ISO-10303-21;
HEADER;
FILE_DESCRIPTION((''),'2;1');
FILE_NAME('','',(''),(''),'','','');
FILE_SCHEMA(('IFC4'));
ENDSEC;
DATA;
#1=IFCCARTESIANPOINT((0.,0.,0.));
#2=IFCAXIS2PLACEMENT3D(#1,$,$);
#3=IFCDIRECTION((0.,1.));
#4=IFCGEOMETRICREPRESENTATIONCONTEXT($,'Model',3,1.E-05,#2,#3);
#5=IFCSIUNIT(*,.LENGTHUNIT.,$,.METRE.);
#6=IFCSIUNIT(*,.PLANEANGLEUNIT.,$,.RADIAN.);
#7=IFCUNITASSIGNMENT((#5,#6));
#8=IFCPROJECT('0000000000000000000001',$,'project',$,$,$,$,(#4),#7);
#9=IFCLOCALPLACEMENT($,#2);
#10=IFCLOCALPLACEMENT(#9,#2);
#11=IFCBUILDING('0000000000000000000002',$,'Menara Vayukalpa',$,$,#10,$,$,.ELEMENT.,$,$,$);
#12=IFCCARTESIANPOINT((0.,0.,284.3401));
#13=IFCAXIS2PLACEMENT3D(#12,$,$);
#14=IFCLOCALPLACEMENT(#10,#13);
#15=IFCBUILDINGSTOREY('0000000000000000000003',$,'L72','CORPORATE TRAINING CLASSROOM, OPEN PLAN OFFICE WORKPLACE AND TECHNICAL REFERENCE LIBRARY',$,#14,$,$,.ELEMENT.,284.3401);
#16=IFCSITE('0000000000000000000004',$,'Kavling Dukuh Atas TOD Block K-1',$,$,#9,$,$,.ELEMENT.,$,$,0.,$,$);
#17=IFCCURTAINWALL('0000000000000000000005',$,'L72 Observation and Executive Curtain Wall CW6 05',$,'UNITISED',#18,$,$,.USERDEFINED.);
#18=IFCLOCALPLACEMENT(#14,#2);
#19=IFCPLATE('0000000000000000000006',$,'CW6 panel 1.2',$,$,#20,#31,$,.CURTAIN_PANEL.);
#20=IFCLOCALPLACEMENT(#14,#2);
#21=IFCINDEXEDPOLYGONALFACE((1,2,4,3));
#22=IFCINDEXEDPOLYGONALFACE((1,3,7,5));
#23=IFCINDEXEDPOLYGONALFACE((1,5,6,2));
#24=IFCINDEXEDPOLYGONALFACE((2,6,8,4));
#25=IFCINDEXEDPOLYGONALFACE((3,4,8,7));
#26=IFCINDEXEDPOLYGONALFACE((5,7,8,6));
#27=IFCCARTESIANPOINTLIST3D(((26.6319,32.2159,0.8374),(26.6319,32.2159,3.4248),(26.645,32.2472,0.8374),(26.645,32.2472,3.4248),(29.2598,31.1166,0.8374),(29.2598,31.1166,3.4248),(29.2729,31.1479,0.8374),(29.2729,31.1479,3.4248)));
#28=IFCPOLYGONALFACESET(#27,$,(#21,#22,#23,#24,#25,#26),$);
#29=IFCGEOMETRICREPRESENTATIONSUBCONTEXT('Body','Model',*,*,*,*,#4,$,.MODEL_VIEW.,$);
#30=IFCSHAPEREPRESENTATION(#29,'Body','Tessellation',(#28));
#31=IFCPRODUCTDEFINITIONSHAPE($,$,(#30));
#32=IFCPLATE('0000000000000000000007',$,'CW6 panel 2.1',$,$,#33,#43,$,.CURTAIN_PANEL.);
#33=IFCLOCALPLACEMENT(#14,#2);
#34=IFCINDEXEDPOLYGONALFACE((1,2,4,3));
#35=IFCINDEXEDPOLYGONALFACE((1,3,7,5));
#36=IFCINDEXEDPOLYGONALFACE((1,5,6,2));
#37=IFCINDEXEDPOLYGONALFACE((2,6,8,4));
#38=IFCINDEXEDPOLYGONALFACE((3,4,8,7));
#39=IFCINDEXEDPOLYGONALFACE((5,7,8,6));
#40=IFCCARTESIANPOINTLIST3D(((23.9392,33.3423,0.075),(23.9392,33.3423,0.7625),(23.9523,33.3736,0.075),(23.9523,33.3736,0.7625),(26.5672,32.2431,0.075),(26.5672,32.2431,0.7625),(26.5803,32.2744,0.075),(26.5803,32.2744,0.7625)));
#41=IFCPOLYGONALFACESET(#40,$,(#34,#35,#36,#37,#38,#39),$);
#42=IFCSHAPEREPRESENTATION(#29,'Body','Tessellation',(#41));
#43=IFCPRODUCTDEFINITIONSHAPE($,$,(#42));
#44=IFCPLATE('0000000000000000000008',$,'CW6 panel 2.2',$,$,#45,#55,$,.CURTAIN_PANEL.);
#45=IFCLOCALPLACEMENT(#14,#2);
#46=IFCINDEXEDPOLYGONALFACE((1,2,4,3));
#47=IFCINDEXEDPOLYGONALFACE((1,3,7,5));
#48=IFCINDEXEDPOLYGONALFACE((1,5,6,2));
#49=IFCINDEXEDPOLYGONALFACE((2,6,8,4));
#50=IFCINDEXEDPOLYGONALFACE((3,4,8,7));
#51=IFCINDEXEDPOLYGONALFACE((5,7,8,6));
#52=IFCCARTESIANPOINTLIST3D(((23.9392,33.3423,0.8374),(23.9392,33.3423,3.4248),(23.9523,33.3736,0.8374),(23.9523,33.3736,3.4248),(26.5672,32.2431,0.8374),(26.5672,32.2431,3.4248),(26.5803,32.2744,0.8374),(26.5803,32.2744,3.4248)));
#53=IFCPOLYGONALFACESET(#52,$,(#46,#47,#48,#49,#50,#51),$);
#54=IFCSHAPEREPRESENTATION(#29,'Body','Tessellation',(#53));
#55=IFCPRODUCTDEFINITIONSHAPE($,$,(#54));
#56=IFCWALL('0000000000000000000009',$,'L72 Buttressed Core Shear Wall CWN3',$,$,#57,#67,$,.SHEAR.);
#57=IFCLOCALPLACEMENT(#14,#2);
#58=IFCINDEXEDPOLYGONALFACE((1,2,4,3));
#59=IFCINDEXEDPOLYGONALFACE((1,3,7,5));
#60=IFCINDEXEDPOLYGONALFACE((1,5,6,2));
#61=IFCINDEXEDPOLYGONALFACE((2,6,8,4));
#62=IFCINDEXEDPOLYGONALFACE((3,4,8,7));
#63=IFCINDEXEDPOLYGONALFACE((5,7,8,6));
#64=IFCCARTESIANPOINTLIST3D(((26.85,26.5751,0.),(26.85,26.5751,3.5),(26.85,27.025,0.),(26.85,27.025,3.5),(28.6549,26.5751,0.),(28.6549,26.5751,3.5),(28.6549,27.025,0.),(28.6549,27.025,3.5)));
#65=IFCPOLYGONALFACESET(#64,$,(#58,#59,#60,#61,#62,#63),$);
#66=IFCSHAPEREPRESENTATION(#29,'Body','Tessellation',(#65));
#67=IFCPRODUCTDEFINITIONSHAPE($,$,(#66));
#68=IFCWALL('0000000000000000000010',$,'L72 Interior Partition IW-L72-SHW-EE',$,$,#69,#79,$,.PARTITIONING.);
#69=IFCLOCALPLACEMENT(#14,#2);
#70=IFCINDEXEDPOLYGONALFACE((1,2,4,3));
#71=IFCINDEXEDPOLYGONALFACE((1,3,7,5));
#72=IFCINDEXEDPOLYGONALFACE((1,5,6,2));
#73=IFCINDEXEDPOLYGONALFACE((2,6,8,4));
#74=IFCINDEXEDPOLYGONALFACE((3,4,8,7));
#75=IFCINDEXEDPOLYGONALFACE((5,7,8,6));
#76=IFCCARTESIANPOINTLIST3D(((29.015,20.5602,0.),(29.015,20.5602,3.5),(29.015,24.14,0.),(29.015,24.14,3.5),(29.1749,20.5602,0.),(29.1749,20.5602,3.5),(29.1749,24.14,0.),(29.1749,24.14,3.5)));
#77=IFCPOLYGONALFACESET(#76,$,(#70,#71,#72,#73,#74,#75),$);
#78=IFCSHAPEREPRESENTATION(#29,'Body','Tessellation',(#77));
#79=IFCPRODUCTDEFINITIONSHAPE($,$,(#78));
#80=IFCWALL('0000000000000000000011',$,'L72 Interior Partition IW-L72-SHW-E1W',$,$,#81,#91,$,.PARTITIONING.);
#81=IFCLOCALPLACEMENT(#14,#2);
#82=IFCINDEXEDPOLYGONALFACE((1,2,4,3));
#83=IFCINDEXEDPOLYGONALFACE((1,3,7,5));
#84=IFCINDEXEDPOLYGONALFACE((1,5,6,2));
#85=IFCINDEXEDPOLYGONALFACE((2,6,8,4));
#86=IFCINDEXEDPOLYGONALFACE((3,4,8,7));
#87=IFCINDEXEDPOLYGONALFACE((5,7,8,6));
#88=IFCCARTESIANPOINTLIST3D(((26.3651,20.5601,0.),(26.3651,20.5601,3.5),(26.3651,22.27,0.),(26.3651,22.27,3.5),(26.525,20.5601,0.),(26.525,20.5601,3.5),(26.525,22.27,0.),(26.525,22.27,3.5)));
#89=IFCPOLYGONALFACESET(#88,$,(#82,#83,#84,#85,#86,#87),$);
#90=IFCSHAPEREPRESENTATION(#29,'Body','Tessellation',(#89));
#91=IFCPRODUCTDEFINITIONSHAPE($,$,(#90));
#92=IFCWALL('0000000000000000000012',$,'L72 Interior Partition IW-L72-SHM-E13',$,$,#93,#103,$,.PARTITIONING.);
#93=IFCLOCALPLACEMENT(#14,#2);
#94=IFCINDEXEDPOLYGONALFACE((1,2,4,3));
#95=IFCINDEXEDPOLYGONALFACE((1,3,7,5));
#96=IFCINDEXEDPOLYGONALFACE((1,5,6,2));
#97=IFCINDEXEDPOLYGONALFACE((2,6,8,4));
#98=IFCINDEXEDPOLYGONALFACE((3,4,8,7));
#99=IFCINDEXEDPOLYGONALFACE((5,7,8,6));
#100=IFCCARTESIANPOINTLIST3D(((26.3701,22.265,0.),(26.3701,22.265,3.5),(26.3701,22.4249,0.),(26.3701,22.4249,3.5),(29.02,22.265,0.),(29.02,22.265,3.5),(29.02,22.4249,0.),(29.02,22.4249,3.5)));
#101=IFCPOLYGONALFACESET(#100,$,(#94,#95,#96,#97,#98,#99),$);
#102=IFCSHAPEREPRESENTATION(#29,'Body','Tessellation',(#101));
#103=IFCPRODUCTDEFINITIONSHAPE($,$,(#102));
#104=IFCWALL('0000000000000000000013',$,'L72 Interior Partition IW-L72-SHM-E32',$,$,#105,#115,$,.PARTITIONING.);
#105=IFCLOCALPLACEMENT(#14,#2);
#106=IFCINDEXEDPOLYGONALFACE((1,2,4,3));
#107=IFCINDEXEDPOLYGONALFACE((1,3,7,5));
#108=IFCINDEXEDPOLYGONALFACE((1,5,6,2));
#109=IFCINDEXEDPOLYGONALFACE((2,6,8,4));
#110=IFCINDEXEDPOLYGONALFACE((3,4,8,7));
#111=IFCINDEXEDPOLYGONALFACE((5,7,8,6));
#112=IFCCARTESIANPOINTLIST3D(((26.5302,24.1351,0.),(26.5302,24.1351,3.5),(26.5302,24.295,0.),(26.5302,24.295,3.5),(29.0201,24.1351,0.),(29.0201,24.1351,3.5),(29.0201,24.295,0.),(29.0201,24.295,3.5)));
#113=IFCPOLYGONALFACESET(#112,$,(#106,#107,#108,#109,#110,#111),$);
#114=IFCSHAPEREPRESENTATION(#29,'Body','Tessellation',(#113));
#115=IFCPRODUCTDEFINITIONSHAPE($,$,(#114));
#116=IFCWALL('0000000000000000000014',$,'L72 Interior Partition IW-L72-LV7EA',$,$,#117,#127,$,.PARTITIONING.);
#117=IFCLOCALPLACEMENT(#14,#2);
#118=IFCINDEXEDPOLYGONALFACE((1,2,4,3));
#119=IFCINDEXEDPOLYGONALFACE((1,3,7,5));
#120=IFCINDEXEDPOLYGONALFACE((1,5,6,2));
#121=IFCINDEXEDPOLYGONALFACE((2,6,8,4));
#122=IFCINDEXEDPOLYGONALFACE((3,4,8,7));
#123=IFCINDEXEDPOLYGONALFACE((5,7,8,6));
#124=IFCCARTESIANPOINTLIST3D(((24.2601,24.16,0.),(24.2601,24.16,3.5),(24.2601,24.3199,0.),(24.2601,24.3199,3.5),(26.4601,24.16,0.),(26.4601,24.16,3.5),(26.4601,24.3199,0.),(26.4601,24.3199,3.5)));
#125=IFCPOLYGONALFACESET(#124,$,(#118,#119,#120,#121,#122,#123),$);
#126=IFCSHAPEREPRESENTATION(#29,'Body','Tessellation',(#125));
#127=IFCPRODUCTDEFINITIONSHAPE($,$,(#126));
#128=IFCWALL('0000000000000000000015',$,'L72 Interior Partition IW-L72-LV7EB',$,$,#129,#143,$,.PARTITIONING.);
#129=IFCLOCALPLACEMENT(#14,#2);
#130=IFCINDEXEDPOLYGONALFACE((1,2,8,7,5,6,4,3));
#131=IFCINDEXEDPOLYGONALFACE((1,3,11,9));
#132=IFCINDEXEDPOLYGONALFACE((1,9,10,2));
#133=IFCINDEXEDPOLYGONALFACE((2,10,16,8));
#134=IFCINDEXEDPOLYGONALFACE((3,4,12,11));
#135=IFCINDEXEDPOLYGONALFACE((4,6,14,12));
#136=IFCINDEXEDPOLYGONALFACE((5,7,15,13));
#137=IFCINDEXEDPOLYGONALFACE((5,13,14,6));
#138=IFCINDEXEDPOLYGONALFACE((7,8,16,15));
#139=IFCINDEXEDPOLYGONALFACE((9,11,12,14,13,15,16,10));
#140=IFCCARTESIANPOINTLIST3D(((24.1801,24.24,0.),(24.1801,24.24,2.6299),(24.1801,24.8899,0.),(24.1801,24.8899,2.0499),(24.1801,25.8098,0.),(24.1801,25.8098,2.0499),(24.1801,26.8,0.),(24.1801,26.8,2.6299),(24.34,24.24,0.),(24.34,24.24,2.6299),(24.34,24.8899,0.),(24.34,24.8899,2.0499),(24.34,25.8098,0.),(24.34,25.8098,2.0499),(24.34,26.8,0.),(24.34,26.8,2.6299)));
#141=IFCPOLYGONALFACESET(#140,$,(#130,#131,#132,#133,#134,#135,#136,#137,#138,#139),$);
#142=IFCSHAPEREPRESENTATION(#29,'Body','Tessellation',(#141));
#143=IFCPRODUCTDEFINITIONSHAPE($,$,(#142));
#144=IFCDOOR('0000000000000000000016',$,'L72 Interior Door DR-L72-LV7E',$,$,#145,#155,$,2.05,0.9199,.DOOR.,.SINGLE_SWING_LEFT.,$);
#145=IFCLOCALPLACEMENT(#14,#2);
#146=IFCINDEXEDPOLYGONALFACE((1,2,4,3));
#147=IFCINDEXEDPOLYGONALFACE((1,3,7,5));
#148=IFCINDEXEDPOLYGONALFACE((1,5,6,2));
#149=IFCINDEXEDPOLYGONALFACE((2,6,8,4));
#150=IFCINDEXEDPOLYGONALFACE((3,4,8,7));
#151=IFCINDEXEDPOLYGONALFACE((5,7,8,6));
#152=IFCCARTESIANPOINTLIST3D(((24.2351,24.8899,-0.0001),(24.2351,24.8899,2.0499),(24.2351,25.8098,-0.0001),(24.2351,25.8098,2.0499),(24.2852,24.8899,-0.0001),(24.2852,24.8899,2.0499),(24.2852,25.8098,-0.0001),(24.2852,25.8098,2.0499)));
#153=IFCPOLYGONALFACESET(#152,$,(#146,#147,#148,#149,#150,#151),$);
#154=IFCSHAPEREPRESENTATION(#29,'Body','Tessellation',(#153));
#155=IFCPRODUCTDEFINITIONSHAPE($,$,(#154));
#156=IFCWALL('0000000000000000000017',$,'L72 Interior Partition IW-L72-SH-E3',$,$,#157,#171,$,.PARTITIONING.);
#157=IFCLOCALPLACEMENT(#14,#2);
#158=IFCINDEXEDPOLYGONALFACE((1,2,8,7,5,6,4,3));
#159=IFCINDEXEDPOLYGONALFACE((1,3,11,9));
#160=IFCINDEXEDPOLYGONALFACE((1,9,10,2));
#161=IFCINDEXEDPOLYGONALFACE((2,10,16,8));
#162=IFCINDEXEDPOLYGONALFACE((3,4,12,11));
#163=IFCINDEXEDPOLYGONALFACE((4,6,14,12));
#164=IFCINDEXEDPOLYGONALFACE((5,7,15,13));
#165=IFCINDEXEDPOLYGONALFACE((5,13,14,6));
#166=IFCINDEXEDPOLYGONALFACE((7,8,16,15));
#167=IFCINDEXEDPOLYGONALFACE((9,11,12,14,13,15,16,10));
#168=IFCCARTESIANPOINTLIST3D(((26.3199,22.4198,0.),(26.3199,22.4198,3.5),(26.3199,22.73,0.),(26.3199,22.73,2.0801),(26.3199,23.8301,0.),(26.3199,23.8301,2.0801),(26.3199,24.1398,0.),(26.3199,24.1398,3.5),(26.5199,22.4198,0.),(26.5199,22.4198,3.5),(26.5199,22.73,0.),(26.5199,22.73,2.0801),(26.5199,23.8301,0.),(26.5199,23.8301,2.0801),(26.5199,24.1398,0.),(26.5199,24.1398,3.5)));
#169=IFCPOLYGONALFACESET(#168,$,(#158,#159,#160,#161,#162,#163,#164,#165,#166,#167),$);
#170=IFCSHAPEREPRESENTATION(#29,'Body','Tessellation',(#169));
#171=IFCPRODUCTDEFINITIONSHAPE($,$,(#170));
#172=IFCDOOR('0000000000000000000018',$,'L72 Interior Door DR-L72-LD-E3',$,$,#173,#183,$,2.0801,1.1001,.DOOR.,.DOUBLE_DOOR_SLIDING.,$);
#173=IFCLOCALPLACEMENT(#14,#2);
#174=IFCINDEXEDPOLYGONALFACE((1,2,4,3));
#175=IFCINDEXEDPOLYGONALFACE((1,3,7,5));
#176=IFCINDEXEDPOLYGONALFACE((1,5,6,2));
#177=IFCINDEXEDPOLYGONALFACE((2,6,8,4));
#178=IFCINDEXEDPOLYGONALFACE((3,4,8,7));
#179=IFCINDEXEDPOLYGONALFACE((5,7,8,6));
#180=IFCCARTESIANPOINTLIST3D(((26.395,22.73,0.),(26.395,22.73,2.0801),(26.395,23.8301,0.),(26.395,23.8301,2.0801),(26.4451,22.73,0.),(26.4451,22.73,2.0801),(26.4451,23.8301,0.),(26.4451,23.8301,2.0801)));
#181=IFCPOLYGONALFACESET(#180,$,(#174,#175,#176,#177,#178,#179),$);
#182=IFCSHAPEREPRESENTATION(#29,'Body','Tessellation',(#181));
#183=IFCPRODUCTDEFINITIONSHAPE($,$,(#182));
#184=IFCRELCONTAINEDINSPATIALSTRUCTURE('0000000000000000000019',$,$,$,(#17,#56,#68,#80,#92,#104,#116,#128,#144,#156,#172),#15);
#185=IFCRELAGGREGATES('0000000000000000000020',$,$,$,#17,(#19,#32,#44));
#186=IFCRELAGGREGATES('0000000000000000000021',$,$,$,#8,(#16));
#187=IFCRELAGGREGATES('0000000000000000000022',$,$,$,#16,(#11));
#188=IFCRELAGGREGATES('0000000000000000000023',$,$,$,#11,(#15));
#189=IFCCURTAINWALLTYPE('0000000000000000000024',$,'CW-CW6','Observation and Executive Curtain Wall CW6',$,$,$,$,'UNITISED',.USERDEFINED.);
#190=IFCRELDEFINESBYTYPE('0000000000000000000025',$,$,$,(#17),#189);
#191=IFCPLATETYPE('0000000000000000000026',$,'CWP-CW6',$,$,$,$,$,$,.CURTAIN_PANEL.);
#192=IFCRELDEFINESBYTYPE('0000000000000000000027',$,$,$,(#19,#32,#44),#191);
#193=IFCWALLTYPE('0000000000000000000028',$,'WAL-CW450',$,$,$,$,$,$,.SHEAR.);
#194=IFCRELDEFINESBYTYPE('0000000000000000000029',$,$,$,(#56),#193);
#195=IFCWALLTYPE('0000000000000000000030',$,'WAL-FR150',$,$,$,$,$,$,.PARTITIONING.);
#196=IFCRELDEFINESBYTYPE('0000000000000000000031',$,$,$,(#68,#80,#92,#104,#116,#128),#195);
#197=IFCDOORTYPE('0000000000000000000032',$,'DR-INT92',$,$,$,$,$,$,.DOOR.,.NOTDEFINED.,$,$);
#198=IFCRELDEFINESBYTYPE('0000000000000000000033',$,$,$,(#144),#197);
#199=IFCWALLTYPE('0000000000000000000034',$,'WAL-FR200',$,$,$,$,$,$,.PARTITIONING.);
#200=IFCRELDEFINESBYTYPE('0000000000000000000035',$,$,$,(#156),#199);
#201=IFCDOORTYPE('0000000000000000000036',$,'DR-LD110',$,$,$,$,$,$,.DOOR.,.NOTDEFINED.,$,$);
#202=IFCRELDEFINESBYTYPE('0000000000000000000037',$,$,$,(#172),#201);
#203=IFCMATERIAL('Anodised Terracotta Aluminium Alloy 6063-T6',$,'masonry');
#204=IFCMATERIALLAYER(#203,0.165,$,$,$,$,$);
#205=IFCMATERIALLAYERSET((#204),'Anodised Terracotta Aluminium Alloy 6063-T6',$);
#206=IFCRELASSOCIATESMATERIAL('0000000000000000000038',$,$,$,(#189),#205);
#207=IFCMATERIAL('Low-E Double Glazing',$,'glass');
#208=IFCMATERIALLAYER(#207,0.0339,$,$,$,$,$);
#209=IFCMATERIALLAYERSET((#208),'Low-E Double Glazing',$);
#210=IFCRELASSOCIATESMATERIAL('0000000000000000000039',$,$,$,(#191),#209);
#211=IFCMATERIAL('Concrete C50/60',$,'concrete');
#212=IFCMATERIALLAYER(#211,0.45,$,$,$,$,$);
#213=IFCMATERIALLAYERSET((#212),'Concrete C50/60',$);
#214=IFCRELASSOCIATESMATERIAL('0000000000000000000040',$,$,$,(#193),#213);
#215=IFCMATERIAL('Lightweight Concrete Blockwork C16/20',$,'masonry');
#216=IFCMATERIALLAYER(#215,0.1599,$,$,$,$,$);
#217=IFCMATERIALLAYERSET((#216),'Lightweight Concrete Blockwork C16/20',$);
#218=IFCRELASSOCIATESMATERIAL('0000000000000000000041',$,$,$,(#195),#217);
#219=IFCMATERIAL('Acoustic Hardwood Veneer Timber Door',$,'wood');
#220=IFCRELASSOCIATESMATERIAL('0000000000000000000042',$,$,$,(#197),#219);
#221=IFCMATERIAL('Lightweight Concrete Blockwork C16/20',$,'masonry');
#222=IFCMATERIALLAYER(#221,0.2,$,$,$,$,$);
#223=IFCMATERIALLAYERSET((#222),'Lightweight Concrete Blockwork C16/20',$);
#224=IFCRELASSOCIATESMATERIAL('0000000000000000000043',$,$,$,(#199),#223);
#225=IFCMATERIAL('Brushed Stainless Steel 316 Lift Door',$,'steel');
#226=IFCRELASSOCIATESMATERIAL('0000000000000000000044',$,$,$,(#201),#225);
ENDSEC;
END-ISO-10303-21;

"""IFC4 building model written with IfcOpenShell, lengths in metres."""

from ifc_helpers import new_model, si_unit, direction, frame, frame_2d, origin, origin_2d, place, context, subcontext, project, spatial, rectangle, extrude, material, layer, layer_set, type_object, element, fill, aggregate, save


model = new_model("IFC4")

# Units and contexts
model_context = context("Model", 3, precision=1e-05, world=origin(), true_north=direction((0.0, 1.0)))
body_context = subcontext(model_context, "Body", "Model", "MODEL_VIEW")
ifc_project = project(units=[si_unit("LENGTHUNIT", "METRE"), si_unit("PLANEANGLEUNIT", "RADIAN")], contexts=[model_context])

# Site, building, storey
site_placement = place(None, origin())
site = spatial("IfcSite", under=ifc_project, at=site_placement, Name="Kavling Dukuh Atas TOD Block K-1", CompositionType="ELEMENT", RefElevation=0.0)
building_placement = place(site_placement, origin())
building = spatial("IfcBuilding", under=site, at=building_placement, Name="Menara Vayukalpa", CompositionType="ELEMENT")
storey_placement = place(building_placement, frame((0.0, 0.0, 284.3401)))
storey = spatial("IfcBuildingStorey", under=building, at=storey_placement, Name="L72", Description="CORPORATE TRAINING CLASSROOM, OPEN PLAN OFFICE WORKPLACE AND TECHNICAL REFERENCE LIBRARY", CompositionType="ELEMENT", Elevation=284.3401)

# Curtain wall, plates
ifc_material_1 = material(Name="Anodised Terracotta Aluminium Alloy 6063-T6", Category="masonry")
ifc_layer_1 = layer(ifc_material_1, 0.165)
ifc_layer_set_1 = layer_set([ifc_layer_1], Name="Anodised Terracotta Aluminium Alloy 6063-T6")
curtain_wall_type = type_object("IfcCurtainWallType", Name="CW-CW6", Description="Observation and Executive Curtain Wall CW6", ElementType="UNITISED", PredefinedType="USERDEFINED", material=ifc_layer_set_1)
curtain_wall_placement = place(storey_placement, origin())
curtain_wall = element("IfcCurtainWall", 1, at=curtain_wall_placement, inside=storey, type_object=curtain_wall_type, Name="L72 Observation and Executive Curtain Wall CW6 05", ObjectType="UNITISED", PredefinedType="USERDEFINED")
ifc_material_2 = material(Name="Low-E Double Glazing", Category="glass")
ifc_layer_2 = layer(ifc_material_2, 0.0339)
ifc_layer_set_2 = layer_set([ifc_layer_2], Name="Low-E Double Glazing")
plate_type = type_object("IfcPlateType", Name="CWP-CW6", PredefinedType="CURTAIN_PANEL", material=ifc_layer_set_2)
plate_1_placement = place(storey_placement, frame((27.9524, 31.6819, 0.8374), z_axis=(0.0, 0.0, 1.0), x_axis=(-0.922541, 0.3859, 0.0)))
plate_1 = element("IfcPlate", 2, at=plate_1_placement, type_object=plate_type, Name="CW6 panel 1.2", PredefinedType="CURTAIN_PANEL", context=body_context, shape_type="SweptSolid", body=[
    extrude(rectangle(XDim=2.8486, YDim=0.0339, at=origin_2d()), origin(), (0.0, 0.0, 1.0), 2.5874),
])
plate_2_placement = place(storey_placement, frame((25.2598, 32.8083, 0.075), z_axis=(0.0, 0.0, 1.0), x_axis=(-0.922541, 0.3859, 0.0)))
plate_2 = element("IfcPlate", 3, at=plate_2_placement, type_object=plate_type, Name="CW6 panel 2.1", PredefinedType="CURTAIN_PANEL", context=body_context, shape_type="SweptSolid", body=[
    extrude(rectangle(XDim=2.8486, YDim=0.0339, at=origin_2d()), origin(), (0.0, 0.0, 1.0), 0.6875),
])
plate_3_placement = place(storey_placement, frame((25.2598, 32.8083, 0.8374), z_axis=(0.0, 0.0, 1.0), x_axis=(-0.922541, 0.3859, 0.0)))
plate_3 = element("IfcPlate", 4, at=plate_3_placement, type_object=plate_type, Name="CW6 panel 2.2", PredefinedType="CURTAIN_PANEL", context=body_context, shape_type="SweptSolid", body=[
    extrude(rectangle(XDim=2.8486, YDim=0.0339, at=origin_2d()), origin(), (0.0, 0.0, 1.0), 2.5874),
])
aggregate(curtain_wall, [plate_1, plate_2, plate_3])

# Walls
ifc_material_3 = material(Name="Concrete C50/60", Category="concrete")
ifc_layer_3 = layer(ifc_material_3, 0.45)
ifc_layer_set_3 = layer_set([ifc_layer_3], Name="Concrete C50/60")
wall_type_1 = type_object("IfcWallType", Name="WAL-CW450", PredefinedType="SHEAR", material=ifc_layer_set_3)
wall_1_placement = place(storey_placement, frame((26.8501, 26.8, 0.0), z_axis=(0.0, 0.0, 1.0), x_axis=(1.0, 0.0, 0.0)))
element("IfcWall", 5, at=wall_1_placement, inside=storey, type_object=wall_type_1, Name="L72 Buttressed Core Shear Wall CWN3", PredefinedType="SHEAR", context=body_context, shape_type="SweptSolid", body=[
    extrude(rectangle(XDim=1.8049, YDim=0.45, at=frame_2d((0.9023, 0.0))), origin(), (0.0, 0.0, 1.0), 3.5),
])
ifc_material_4 = material(Name="Lightweight Concrete Blockwork C16/20", Category="masonry")
ifc_layer_4 = layer(ifc_material_4, 0.1599)
ifc_layer_set_4 = layer_set([ifc_layer_4], Name="Lightweight Concrete Blockwork C16/20")
wall_type_2 = type_object("IfcWallType", Name="WAL-FR150", PredefinedType="PARTITIONING", material=ifc_layer_set_4)
wall_2_placement = place(storey_placement, frame((29.095, 20.5601, 0.0), z_axis=(0.0, 0.0, 1.0), x_axis=(0.0, 1.0, 0.0)))
element("IfcWall", 6, at=wall_2_placement, inside=storey, type_object=wall_type_2, Name="L72 Interior Partition IW-L72-SHW-EE", PredefinedType="PARTITIONING", context=body_context, shape_type="SweptSolid", body=[
    extrude(rectangle(XDim=3.5798, YDim=0.1599, at=frame_2d((1.79, 0.0))), origin(), (0.0, 0.0, 1.0), 3.5),
])
wall_3_placement = place(storey_placement, frame((26.4451, 20.5601, 0.0), z_axis=(0.0, 0.0, 1.0), x_axis=(0.0, 1.0, 0.0)))
element("IfcWall", 7, at=wall_3_placement, inside=storey, type_object=wall_type_2, Name="L72 Interior Partition IW-L72-SHW-E1W", PredefinedType="PARTITIONING", context=body_context, shape_type="SweptSolid", body=[
    extrude(rectangle(XDim=1.71, YDim=0.1599, at=frame_2d((0.855, 0.0))), origin(), (0.0, 0.0, 1.0), 3.5),
])
wall_4_placement = place(storey_placement, frame((26.3701, 22.345, 0.0), z_axis=(0.0, 0.0, 1.0), x_axis=(1.0, 0.0, 0.0)))
element("IfcWall", 8, at=wall_4_placement, inside=storey, type_object=wall_type_2, Name="L72 Interior Partition IW-L72-SHM-E13", PredefinedType="PARTITIONING", context=body_context, shape_type="SweptSolid", body=[
    extrude(rectangle(XDim=2.6499, YDim=0.1599, at=frame_2d((1.325, 0.0))), origin(), (0.0, 0.0, 1.0), 3.5),
])
wall_5_placement = place(storey_placement, frame((26.53, 24.2151, 0.0), z_axis=(0.0, 0.0, 1.0), x_axis=(1.0, 0.0, 0.0)))
element("IfcWall", 9, at=wall_5_placement, inside=storey, type_object=wall_type_2, Name="L72 Interior Partition IW-L72-SHM-E32", PredefinedType="PARTITIONING", context=body_context, shape_type="SweptSolid", body=[
    extrude(rectangle(XDim=2.49, YDim=0.1599, at=frame_2d((1.2451, 0.0))), origin(), (0.0, 0.0, 1.0), 3.5),
])
wall_6_placement = place(storey_placement, frame((24.26, 24.24, 0.0), z_axis=(0.0, 0.0, 1.0), x_axis=(1.0, 0.0, 0.0)))
element("IfcWall", 10, at=wall_6_placement, inside=storey, type_object=wall_type_2, Name="L72 Interior Partition IW-L72-LV7EA", PredefinedType="PARTITIONING", context=body_context, shape_type="SweptSolid", body=[
    extrude(rectangle(XDim=2.2, YDim=0.1599, at=frame_2d((1.1001, 0.0))), origin(), (0.0, 0.0, 1.0), 3.5),
])

# Walls, openings, doors
wall_7_placement = place(storey_placement, frame((24.26, 24.24, 0.0), z_axis=(0.0, 0.0, 1.0), x_axis=(0.0, 1.0, 0.0)))
wall_7 = element("IfcWall", 11, at=wall_7_placement, inside=storey, type_object=wall_type_2, Name="L72 Interior Partition IW-L72-LV7EB", PredefinedType="PARTITIONING", context=body_context, shape_type="SweptSolid", body=[
    extrude(rectangle(XDim=2.5601, YDim=0.1599, at=frame_2d((1.28, 0.0))), origin(), (0.0, 0.0, 1.0), 2.6299),
])
opening_1_placement = place(wall_7_placement, frame((0.6499, 0.0, 0.0)))
opening_1 = element("IfcOpeningElement", 12, at=opening_1_placement, cuts=wall_7, PredefinedType="OPENING", context=body_context, shape_type="SweptSolid", body=[
    extrude(rectangle(XDim=0.9199, YDim=2.05, at=frame_2d((0.46, 1.0249))), frame((0.0, 0.0898, 0.0), z_axis=(0.0, -1.0, 0.0), x_axis=(1.0, 0.0, 0.0)), (0.0, 0.0, 1.0), 0.1799),
])
ifc_material_5 = material(Name="Acoustic Hardwood Veneer Timber Door", Category="wood")
door_type_1 = type_object("IfcDoorType", Name="DR-INT92", OperationType="NOTDEFINED", PredefinedType="DOOR", material=ifc_material_5)
door_1_placement = place(opening_1_placement, origin())
door_1 = element("IfcDoor", 13, at=door_1_placement, inside=storey, type_object=door_type_1, Name="L72 Interior Door DR-L72-LV7E", OperationType="SINGLE_SWING_LEFT", OverallHeight=2.05, OverallWidth=0.9199, PredefinedType="DOOR", context=body_context, shape_type="SweptSolid", body=[
    extrude(rectangle(XDim=0.9199, YDim=2.05, at=frame_2d((0.46, 1.0249))), frame((0.0, 0.0249, 0.0), z_axis=(0.0, -1.0, 0.0), x_axis=(1.0, 0.0, 0.0)), (0.0, 0.0, 1.0), 0.05),
])
fill(opening_1, door_1)
ifc_material_6 = material(Name="Lightweight Concrete Blockwork C16/20", Category="masonry")
ifc_layer_5 = layer(ifc_material_6, 0.2)
ifc_layer_set_5 = layer_set([ifc_layer_5], Name="Lightweight Concrete Blockwork C16/20")
wall_type_3 = type_object("IfcWallType", Name="WAL-FR200", PredefinedType="PARTITIONING", material=ifc_layer_set_5)
wall_8_placement = place(storey_placement, frame((26.4199, 22.4199, 0.0), z_axis=(0.0, 0.0, 1.0), x_axis=(0.0, 1.0, 0.0)))
wall_8 = element("IfcWall", 14, at=wall_8_placement, inside=storey, type_object=wall_type_3, Name="L72 Interior Partition IW-L72-SH-E3", PredefinedType="PARTITIONING", context=body_context, shape_type="SweptSolid", body=[
    extrude(rectangle(XDim=1.72, YDim=0.2, at=frame_2d((0.8599, 0.0))), origin(), (0.0, 0.0, 1.0), 3.5),
])
opening_2_placement = place(wall_8_placement, frame((0.3101, 0.0, 0.0)))
opening_2 = element("IfcOpeningElement", 15, at=opening_2_placement, cuts=wall_8, PredefinedType="OPENING", context=body_context, shape_type="SweptSolid", body=[
    extrude(rectangle(XDim=1.1001, YDim=2.0801, at=frame_2d((0.55, 1.04))), frame((0.0, 0.1099, 0.0), z_axis=(0.0, -1.0, 0.0), x_axis=(1.0, 0.0, 0.0)), (0.0, 0.0, 1.0), 0.22),
])
ifc_material_7 = material(Name="Brushed Stainless Steel 316 Lift Door", Category="steel")
door_type_2 = type_object("IfcDoorType", Name="DR-LD110", OperationType="NOTDEFINED", PredefinedType="DOOR", material=ifc_material_7)
door_2_placement = place(opening_2_placement, origin())
door_2 = element("IfcDoor", 16, at=door_2_placement, inside=storey, type_object=door_type_2, Name="L72 Interior Door DR-L72-LD-E3", OperationType="DOUBLE_DOOR_SLIDING", OverallHeight=2.0801, OverallWidth=1.1001, PredefinedType="DOOR", context=body_context, shape_type="SweptSolid", body=[
    extrude(rectangle(XDim=1.1001, YDim=2.0801, at=frame_2d((0.55, 1.04))), frame((0.0, 0.0249, 0.0), z_axis=(0.0, -1.0, 0.0), x_axis=(1.0, 0.0, 0.0)), (0.0, 0.0, 1.0), 0.05),
])
fill(opening_2, door_2)

save(model, "model.ifc")
